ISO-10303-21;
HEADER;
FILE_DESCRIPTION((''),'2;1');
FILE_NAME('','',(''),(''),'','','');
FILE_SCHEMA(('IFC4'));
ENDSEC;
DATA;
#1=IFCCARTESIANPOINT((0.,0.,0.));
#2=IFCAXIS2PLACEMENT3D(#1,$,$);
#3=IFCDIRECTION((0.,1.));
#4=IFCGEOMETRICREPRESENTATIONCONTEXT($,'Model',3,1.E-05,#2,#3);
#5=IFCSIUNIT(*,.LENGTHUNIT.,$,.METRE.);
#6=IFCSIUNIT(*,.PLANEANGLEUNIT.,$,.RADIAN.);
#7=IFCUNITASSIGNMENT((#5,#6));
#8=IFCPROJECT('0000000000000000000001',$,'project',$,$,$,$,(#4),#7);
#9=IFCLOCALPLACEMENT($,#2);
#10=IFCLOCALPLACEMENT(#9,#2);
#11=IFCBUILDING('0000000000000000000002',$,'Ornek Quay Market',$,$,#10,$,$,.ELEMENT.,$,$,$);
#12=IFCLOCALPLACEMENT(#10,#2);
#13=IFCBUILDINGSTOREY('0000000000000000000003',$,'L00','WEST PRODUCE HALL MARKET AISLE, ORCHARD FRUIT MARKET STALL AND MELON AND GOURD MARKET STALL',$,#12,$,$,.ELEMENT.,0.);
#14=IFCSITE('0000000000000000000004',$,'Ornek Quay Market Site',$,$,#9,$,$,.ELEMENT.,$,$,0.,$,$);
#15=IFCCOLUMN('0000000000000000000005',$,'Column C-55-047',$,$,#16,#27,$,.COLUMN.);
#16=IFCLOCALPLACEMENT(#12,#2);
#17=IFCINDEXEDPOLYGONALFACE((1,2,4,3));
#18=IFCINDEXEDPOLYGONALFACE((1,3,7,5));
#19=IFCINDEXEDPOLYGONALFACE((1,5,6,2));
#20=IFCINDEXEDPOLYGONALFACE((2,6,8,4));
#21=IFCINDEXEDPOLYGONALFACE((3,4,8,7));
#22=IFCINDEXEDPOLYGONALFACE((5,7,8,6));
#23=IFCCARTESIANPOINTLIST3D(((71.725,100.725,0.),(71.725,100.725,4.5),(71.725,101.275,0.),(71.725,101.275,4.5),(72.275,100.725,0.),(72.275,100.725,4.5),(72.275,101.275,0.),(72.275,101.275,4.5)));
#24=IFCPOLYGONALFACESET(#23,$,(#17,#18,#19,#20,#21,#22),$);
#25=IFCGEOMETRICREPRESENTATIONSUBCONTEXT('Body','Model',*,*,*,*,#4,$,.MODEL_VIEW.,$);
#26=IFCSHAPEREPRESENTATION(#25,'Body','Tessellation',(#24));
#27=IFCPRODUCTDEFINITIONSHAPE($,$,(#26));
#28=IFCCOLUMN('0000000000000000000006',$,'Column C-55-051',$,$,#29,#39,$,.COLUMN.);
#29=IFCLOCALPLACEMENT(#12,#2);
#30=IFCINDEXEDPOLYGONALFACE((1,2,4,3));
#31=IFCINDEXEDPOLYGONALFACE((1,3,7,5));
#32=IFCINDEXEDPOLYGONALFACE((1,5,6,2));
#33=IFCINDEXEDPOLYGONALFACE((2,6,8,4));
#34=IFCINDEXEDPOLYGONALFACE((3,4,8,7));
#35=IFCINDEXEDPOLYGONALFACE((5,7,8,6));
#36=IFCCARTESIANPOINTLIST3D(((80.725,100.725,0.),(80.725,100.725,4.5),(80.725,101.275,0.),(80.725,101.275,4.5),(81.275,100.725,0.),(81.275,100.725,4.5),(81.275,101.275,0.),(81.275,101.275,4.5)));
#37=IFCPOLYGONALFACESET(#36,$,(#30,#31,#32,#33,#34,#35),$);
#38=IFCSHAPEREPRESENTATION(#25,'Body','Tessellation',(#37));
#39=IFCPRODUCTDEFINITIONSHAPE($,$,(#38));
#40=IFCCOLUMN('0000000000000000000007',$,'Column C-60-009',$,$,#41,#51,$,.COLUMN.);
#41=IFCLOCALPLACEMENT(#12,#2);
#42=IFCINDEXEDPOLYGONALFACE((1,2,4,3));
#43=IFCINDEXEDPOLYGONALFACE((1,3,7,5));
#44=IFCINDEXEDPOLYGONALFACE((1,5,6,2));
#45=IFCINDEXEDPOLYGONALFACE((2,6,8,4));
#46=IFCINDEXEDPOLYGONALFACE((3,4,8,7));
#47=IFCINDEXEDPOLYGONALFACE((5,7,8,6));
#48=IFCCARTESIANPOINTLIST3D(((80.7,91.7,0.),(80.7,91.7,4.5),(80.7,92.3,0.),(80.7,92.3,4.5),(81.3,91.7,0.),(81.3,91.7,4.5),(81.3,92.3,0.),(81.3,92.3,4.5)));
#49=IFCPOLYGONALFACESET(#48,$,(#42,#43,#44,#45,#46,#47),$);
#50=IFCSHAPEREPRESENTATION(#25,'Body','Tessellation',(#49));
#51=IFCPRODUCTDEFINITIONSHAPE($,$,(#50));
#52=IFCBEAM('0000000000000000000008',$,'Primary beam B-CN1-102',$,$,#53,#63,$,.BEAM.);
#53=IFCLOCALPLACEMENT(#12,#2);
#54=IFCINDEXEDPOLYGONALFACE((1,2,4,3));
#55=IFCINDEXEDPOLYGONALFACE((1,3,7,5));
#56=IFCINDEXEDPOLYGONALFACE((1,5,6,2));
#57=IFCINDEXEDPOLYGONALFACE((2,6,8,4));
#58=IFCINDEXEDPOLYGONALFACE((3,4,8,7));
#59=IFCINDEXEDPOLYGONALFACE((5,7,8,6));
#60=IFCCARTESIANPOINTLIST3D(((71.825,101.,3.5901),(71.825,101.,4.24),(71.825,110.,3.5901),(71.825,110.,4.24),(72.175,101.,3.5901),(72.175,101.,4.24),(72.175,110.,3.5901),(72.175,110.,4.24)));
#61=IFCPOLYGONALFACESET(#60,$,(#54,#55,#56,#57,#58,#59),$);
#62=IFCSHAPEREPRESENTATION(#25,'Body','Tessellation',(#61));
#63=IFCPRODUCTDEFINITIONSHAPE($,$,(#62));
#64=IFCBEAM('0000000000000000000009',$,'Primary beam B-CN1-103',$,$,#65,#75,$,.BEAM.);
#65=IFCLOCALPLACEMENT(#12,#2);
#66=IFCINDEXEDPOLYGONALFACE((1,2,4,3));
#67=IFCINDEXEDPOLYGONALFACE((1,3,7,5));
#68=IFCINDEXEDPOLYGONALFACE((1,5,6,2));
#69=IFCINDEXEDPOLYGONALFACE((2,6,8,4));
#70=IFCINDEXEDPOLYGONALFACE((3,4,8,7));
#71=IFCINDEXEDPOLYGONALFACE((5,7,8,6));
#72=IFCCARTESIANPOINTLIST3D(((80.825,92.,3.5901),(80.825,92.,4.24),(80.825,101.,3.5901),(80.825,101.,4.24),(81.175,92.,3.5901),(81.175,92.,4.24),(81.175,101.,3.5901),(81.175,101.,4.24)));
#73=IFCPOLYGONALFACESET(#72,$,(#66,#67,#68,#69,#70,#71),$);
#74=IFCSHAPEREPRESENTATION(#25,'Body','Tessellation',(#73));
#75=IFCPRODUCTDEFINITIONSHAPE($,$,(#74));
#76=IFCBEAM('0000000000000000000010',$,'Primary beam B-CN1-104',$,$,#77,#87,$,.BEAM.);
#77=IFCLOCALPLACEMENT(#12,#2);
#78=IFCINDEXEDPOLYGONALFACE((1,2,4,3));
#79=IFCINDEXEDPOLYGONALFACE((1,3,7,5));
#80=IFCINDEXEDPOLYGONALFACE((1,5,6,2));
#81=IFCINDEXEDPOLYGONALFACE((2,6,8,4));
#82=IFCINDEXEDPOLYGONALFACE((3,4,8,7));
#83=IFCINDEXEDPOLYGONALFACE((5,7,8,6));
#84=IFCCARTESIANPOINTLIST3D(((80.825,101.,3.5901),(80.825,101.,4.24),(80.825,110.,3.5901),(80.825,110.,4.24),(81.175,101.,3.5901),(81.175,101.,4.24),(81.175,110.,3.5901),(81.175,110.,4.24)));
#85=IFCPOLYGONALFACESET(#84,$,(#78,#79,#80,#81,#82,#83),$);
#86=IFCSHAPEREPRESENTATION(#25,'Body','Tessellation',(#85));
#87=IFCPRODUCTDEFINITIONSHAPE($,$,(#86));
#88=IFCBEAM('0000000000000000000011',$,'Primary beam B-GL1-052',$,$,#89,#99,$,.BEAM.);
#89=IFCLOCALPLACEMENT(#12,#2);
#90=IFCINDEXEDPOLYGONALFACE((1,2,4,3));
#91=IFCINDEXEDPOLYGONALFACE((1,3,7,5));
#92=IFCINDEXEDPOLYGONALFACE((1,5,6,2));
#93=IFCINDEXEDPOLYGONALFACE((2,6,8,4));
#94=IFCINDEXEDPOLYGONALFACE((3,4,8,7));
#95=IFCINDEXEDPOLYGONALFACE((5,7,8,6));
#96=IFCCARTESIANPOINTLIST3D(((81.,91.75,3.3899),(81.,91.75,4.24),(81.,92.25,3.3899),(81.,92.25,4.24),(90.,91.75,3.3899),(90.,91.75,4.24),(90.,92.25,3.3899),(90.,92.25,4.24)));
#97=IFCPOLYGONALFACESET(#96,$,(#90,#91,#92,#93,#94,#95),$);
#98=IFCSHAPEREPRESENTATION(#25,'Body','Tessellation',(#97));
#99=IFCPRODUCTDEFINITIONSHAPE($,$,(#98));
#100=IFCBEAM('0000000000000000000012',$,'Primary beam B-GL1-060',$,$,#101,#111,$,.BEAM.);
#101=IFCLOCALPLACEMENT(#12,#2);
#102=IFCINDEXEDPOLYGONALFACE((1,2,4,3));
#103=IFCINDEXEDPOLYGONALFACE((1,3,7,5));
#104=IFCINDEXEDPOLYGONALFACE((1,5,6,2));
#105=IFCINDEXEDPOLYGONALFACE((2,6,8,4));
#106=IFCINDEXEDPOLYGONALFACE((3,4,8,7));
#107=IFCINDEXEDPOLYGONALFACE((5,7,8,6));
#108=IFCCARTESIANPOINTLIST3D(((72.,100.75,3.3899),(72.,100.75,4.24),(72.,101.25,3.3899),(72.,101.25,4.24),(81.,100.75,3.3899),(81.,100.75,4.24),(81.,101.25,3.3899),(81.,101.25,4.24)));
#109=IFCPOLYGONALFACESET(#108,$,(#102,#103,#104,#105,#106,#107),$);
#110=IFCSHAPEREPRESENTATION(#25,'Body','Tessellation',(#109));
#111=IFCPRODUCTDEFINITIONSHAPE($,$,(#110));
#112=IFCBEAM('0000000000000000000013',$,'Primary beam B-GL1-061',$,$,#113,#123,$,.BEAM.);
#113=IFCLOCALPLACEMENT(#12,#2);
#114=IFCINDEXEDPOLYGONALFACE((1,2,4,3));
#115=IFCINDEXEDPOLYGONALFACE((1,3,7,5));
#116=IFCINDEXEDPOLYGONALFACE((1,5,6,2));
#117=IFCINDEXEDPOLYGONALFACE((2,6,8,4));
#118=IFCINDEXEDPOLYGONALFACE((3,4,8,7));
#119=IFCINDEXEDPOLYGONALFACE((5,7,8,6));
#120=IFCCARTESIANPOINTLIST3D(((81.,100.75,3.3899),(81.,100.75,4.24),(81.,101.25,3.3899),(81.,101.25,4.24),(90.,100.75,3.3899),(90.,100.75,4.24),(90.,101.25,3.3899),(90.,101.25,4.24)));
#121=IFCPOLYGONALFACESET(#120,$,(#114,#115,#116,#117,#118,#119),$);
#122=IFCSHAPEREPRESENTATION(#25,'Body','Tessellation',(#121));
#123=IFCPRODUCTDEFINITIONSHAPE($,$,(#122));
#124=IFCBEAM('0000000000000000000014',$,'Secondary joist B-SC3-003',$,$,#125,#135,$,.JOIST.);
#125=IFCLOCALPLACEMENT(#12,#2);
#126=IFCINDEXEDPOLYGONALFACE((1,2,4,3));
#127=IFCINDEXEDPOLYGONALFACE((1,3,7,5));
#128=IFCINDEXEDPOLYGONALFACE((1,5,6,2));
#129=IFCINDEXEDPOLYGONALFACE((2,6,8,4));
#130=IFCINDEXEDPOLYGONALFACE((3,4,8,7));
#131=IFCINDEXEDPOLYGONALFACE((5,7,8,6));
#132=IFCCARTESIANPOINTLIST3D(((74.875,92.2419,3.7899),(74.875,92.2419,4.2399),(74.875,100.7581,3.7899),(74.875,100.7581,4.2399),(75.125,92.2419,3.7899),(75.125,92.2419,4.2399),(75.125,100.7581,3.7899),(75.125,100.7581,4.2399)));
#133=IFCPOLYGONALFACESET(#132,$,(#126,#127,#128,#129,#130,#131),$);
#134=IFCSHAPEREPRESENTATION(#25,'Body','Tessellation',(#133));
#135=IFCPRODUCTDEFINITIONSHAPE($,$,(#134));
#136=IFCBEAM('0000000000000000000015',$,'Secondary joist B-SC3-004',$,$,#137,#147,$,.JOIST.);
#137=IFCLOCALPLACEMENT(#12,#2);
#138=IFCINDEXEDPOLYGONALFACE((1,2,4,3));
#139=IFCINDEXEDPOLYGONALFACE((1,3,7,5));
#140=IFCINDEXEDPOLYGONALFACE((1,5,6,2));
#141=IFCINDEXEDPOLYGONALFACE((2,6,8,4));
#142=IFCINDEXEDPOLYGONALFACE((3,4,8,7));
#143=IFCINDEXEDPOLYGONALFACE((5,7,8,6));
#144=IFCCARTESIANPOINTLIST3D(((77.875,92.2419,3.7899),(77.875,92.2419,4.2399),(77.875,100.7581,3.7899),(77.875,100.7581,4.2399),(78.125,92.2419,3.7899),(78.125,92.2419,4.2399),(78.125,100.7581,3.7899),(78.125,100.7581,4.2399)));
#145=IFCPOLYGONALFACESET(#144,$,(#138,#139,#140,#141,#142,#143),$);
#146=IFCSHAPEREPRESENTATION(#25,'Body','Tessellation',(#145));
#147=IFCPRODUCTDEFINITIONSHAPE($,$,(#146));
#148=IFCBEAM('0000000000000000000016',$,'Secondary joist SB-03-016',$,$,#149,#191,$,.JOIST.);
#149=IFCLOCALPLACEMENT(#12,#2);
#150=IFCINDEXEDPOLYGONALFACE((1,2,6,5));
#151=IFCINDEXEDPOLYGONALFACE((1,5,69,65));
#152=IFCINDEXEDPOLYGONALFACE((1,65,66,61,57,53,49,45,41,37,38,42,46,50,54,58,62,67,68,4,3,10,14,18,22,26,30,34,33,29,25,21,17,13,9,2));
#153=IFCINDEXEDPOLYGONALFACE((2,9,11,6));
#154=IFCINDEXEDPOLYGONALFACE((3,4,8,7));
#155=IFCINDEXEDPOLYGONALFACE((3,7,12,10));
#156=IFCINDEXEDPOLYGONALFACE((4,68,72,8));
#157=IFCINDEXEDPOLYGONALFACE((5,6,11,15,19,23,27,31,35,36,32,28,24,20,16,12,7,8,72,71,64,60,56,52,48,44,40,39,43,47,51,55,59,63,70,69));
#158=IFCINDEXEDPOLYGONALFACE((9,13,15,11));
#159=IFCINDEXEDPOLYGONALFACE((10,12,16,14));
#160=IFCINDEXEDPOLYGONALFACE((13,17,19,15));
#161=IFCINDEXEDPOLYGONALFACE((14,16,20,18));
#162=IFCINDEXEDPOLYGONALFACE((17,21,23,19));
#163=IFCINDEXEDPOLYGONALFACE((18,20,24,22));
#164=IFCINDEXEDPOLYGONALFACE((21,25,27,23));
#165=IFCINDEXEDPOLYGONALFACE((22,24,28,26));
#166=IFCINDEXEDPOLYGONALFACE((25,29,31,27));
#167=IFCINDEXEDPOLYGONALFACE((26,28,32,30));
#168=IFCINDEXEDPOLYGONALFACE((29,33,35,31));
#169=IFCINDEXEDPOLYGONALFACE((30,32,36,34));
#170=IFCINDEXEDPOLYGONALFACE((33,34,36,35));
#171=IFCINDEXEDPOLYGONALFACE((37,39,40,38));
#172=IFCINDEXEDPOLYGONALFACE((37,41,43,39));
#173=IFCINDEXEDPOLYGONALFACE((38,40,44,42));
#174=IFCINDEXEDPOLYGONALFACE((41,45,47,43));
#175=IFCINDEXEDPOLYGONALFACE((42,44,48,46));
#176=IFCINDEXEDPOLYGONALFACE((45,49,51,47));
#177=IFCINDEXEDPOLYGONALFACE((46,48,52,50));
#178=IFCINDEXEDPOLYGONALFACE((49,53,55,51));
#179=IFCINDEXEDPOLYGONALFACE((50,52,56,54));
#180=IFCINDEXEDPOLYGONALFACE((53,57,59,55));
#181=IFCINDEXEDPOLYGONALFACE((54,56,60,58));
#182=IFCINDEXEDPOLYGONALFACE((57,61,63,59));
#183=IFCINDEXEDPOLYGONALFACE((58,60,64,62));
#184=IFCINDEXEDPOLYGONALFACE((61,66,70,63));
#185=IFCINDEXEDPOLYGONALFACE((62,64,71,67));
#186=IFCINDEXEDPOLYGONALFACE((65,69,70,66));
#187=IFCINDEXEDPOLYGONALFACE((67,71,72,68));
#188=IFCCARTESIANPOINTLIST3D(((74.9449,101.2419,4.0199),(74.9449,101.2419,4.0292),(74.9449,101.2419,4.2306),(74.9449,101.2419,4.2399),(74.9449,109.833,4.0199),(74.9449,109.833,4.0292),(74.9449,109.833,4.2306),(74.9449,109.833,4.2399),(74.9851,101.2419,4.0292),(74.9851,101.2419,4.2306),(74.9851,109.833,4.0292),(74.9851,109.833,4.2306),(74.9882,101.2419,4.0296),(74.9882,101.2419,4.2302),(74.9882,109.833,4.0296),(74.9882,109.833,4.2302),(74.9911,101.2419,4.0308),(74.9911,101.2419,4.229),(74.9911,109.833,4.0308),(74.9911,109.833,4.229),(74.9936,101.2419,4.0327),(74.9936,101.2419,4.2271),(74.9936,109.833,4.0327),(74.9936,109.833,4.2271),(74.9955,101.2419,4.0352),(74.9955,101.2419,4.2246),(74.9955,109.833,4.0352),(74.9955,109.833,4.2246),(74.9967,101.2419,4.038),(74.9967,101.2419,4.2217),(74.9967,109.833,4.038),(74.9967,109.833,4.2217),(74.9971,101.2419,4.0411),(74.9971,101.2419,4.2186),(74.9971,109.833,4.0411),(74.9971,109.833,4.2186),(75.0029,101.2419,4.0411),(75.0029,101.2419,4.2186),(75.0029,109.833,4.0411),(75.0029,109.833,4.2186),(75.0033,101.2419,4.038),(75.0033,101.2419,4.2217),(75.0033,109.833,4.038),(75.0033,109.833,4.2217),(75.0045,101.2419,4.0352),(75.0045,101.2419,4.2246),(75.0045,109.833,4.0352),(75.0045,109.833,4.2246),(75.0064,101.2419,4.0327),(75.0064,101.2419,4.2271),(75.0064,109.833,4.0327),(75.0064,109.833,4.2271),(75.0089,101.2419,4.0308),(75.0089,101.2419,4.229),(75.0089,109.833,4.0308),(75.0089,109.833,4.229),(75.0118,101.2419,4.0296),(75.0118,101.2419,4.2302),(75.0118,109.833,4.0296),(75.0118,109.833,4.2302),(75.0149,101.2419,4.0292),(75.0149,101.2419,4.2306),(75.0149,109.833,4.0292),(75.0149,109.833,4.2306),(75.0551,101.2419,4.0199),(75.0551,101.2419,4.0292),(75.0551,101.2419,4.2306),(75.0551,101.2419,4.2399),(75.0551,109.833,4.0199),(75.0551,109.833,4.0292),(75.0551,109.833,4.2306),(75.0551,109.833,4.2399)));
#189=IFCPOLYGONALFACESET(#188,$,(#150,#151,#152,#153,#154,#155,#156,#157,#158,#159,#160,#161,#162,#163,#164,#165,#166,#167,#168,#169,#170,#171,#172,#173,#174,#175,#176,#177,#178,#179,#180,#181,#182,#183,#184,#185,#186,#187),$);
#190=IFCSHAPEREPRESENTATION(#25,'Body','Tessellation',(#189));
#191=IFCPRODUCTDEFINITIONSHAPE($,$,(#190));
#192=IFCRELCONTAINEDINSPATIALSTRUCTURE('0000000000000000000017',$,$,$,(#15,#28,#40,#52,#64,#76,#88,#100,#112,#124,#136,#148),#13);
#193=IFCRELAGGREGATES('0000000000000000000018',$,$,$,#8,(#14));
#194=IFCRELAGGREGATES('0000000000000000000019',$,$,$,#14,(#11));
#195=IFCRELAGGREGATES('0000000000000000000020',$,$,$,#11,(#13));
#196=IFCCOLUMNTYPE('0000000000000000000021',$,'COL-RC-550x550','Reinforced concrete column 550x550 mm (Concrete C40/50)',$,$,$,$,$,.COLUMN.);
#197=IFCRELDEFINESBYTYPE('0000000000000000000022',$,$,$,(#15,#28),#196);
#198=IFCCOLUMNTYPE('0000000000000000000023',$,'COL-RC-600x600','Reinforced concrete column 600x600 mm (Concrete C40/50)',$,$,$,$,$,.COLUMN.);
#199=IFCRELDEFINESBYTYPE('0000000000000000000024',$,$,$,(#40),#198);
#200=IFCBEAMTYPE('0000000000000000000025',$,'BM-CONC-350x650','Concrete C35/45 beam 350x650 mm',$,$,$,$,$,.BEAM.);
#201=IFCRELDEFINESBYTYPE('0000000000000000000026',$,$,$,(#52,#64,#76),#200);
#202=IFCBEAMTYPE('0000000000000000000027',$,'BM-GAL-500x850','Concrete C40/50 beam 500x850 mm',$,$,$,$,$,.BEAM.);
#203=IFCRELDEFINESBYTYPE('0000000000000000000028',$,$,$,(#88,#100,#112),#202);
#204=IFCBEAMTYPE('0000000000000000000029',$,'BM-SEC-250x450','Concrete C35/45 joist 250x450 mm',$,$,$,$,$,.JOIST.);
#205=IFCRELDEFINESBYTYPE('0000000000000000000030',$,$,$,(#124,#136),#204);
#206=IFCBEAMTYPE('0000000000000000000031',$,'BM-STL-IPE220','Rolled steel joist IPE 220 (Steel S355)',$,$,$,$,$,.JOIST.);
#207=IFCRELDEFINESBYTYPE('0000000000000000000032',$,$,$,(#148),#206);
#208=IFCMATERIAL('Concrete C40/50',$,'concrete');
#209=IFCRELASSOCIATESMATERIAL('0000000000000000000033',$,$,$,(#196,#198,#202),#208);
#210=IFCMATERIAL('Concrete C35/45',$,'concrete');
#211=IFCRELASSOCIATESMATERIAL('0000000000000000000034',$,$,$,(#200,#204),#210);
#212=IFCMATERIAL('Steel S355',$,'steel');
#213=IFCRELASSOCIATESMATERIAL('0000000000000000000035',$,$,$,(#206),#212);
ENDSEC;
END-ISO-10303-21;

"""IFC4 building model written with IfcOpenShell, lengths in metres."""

from ifc_helpers import new_model, si_unit, direction, frame, origin, origin_2d, place, context, subcontext, project, spatial, rectangle, i_section, extrude, material, material_profile, profile_set, type_object, element, save


model = new_model("IFC4")

# Units and contexts
model_context = context("Model", 3, precision=1e-05, world=origin(), true_north=direction((0.0, 1.0)))
body_context = subcontext(model_context, "Body", "Model", "MODEL_VIEW")
ifc_project = project(units=[si_unit("LENGTHUNIT", "METRE"), si_unit("PLANEANGLEUNIT", "RADIAN")], contexts=[model_context])

# Site, building, storey
site_placement = place(None, origin())
site = spatial("IfcSite", under=ifc_project, at=site_placement, Name="Ornek Quay Market Site", CompositionType="ELEMENT", RefElevation=0.0)
building_placement = place(site_placement, origin())
building = spatial("IfcBuilding", under=site, at=building_placement, Name="Ornek Quay Market", CompositionType="ELEMENT")
storey_placement = place(building_placement, origin())
storey = spatial("IfcBuildingStorey", under=building, at=storey_placement, Name="L00", Description="WEST PRODUCE HALL MARKET AISLE, ORCHARD FRUIT MARKET STALL AND MELON AND GOURD MARKET STALL", CompositionType="ELEMENT", Elevation=0.0)

# Columns
ifc_material_1 = material(Name="Concrete C40/50", Category="concrete")
ifc_material_profile_1 = material_profile(ifc_material_1, rectangle(XDim=0.55, YDim=0.55, at=origin_2d()), Name="RC 550x550", Category="concrete")
ifc_profile_set_1 = profile_set([ifc_material_profile_1], Name="Concrete C40/50")
column_type_1 = type_object("IfcColumnType", Name="COL-RC-550x550", Description="Reinforced concrete column 550x550 mm (Concrete C40/50)", PredefinedType="COLUMN", material=ifc_profile_set_1)
for number, where, z_axis, x_axis, name in (
    (1, (72.0, 101.0, 0.0), (0.0, 0.0, 1.0), (1.0, 0.0, 0.0), "Column C-55-047"),
    (2, (81.0, 101.0, 0.0), (0.0, 0.0, 1.0), (1.0, 0.0, 0.0), "Column C-55-051"),
):
    element("IfcColumn", number, at=place(storey_placement, frame(where, z_axis=z_axis, x_axis=x_axis)), inside=storey, type_object=column_type_1, Name=name, PredefinedType="COLUMN", context=body_context, shape_type="SweptSolid", body=[
        extrude(rectangle(XDim=0.55, YDim=0.55, at=origin_2d()), origin(), (0.0, 0.0, 1.0), 4.5),
    ])
ifc_material_profile_2 = material_profile(ifc_material_1, rectangle(XDim=0.6001, YDim=0.6001, at=origin_2d()), Name="RC 600x600", Category="concrete")
ifc_profile_set_2 = profile_set([ifc_material_profile_2], Name="Concrete C40/50")
column_type_2 = type_object("IfcColumnType", Name="COL-RC-600x600", Description="Reinforced concrete column 600x600 mm (Concrete C40/50)", PredefinedType="COLUMN", material=ifc_profile_set_2)
column_placement = place(storey_placement, frame((81.0, 92.0, 0.0), z_axis=(0.0, 0.0, 1.0), x_axis=(1.0, 0.0, 0.0)))
element("IfcColumn", 3, at=column_placement, inside=storey, type_object=column_type_2, Name="Column C-60-009", PredefinedType="COLUMN", context=body_context, shape_type="SweptSolid", body=[
    extrude(rectangle(XDim=0.6001, YDim=0.6001, at=origin_2d()), origin(), (0.0, 0.0, 1.0), 4.5),
])

# Beams
ifc_material_2 = material(Name="Concrete C35/45", Category="concrete")
ifc_material_profile_3 = material_profile(ifc_material_2, rectangle(XDim=0.3501, YDim=0.6499, at=origin_2d()), Name="RC 350x650", Category="concrete")
ifc_profile_set_3 = profile_set([ifc_material_profile_3], Name="Concrete C35/45")
beam_type_1 = type_object("IfcBeamType", Name="BM-CONC-350x650", Description="Concrete C35/45 beam 350x650 mm", PredefinedType="BEAM", material=ifc_profile_set_3)
for number, where, z_axis, x_axis, name in (
    (4, (72.0, 101.0, 3.915), (0.0, 1.0, 0.0), (-1.0, 0.0, 0.0), "Primary beam B-CN1-102"),
    (5, (81.0, 92.0, 3.915), (0.0, 1.0, 0.0), (-1.0, 0.0, 0.0), "Primary beam B-CN1-103"),
    (6, (81.0, 101.0, 3.915), (0.0, 1.0, 0.0), (-1.0, 0.0, 0.0), "Primary beam B-CN1-104"),
):
    element("IfcBeam", number, at=place(storey_placement, frame(where, z_axis=z_axis, x_axis=x_axis)), inside=storey, type_object=beam_type_1, Name=name, PredefinedType="BEAM", context=body_context, shape_type="SweptSolid", body=[
        extrude(rectangle(XDim=0.3501, YDim=0.6499, at=origin_2d()), origin(), (0.0, 0.0, 1.0), 9.0),
    ])
ifc_material_profile_4 = material_profile(ifc_material_1, rectangle(XDim=0.5, YDim=0.8501, at=origin_2d()), Name="RC 500x850", Category="concrete")
ifc_profile_set_4 = profile_set([ifc_material_profile_4], Name="Concrete C40/50")
beam_type_2 = type_object("IfcBeamType", Name="BM-GAL-500x850", Description="Concrete C40/50 beam 500x850 mm", PredefinedType="BEAM", material=ifc_profile_set_4)
for number, where, z_axis, x_axis, name in (
    (7, (81.0, 92.0, 3.8149), (1.0, 0.0, 0.0), (0.0, 1.0, 0.0), "Primary beam B-GL1-052"),
    (8, (72.0, 101.0, 3.8149), (1.0, 0.0, 0.0), (0.0, 1.0, 0.0), "Primary beam B-GL1-060"),
    (9, (81.0, 101.0, 3.8149), (1.0, 0.0, 0.0), (0.0, 1.0, 0.0), "Primary beam B-GL1-061"),
):
    element("IfcBeam", number, at=place(storey_placement, frame(where, z_axis=z_axis, x_axis=x_axis)), inside=storey, type_object=beam_type_2, Name=name, PredefinedType="BEAM", context=body_context, shape_type="SweptSolid", body=[
        extrude(rectangle(XDim=0.5, YDim=0.8501, at=origin_2d()), origin(), (0.0, 0.0, 1.0), 9.0),
    ])
ifc_material_profile_5 = material_profile(ifc_material_2, rectangle(XDim=0.25, YDim=0.45, at=origin_2d()), Name="RC 250x450", Category="concrete")
ifc_profile_set_5 = profile_set([ifc_material_profile_5], Name="Concrete C35/45")
beam_type_3 = type_object("IfcBeamType", Name="BM-SEC-250x450", Description="Concrete C35/45 joist 250x450 mm", PredefinedType="JOIST", material=ifc_profile_set_5)
for number, where, z_axis, x_axis, name in (
    (10, (75.0, 92.2419, 4.0149), (0.0, 1.0, 0.0), (-1.0, 0.0, 0.0), "Secondary joist B-SC3-003"),
    (11, (78.0, 92.2419, 4.0149), (0.0, 1.0, 0.0), (-1.0, 0.0, 0.0), "Secondary joist B-SC3-004"),
):
    element("IfcBeam", number, at=place(storey_placement, frame(where, z_axis=z_axis, x_axis=x_axis)), inside=storey, type_object=beam_type_3, Name=name, PredefinedType="JOIST", context=body_context, shape_type="SweptSolid", body=[
        extrude(rectangle(XDim=0.25, YDim=0.45, at=origin_2d()), origin(), (0.0, 0.0, 1.0), 8.5161),
    ])
ifc_material_3 = material(Name="Steel S355", Category="steel")
ifc_material_profile_6 = material_profile(ifc_material_3, i_section(OverallWidth=0.1101, OverallDepth=0.22, WebThickness=0.0059, FlangeThickness=0.0093, FilletRadius=0.012, at=origin_2d()), Name="IPE 220", Category="steel")
ifc_profile_set_6 = profile_set([ifc_material_profile_6], Name="Steel S355")
beam_type_4 = type_object("IfcBeamType", Name="BM-STL-IPE220", Description="Rolled steel joist IPE 220 (Steel S355)", PredefinedType="JOIST", material=ifc_profile_set_6)
for number, where, z_axis, x_axis, name in (
    (12, (75.0, 101.2419, 4.1299), (0.0, 1.0, 0.0), (-1.0, 0.0, 0.0), "Secondary joist SB-03-016"),
):
    element("IfcBeam", number, at=place(storey_placement, frame(where, z_axis=z_axis, x_axis=x_axis)), inside=storey, type_object=beam_type_4, Name=name, PredefinedType="JOIST", context=body_context, shape_type="SweptSolid", body=[
        extrude(i_section(OverallWidth=0.1101, OverallDepth=0.22, WebThickness=0.0059, FlangeThickness=0.0093, FilletRadius=0.012, at=origin_2d()), origin(), (0.0, 0.0, 1.0), 8.5911),
    ])

save(model, "model.ifc")
